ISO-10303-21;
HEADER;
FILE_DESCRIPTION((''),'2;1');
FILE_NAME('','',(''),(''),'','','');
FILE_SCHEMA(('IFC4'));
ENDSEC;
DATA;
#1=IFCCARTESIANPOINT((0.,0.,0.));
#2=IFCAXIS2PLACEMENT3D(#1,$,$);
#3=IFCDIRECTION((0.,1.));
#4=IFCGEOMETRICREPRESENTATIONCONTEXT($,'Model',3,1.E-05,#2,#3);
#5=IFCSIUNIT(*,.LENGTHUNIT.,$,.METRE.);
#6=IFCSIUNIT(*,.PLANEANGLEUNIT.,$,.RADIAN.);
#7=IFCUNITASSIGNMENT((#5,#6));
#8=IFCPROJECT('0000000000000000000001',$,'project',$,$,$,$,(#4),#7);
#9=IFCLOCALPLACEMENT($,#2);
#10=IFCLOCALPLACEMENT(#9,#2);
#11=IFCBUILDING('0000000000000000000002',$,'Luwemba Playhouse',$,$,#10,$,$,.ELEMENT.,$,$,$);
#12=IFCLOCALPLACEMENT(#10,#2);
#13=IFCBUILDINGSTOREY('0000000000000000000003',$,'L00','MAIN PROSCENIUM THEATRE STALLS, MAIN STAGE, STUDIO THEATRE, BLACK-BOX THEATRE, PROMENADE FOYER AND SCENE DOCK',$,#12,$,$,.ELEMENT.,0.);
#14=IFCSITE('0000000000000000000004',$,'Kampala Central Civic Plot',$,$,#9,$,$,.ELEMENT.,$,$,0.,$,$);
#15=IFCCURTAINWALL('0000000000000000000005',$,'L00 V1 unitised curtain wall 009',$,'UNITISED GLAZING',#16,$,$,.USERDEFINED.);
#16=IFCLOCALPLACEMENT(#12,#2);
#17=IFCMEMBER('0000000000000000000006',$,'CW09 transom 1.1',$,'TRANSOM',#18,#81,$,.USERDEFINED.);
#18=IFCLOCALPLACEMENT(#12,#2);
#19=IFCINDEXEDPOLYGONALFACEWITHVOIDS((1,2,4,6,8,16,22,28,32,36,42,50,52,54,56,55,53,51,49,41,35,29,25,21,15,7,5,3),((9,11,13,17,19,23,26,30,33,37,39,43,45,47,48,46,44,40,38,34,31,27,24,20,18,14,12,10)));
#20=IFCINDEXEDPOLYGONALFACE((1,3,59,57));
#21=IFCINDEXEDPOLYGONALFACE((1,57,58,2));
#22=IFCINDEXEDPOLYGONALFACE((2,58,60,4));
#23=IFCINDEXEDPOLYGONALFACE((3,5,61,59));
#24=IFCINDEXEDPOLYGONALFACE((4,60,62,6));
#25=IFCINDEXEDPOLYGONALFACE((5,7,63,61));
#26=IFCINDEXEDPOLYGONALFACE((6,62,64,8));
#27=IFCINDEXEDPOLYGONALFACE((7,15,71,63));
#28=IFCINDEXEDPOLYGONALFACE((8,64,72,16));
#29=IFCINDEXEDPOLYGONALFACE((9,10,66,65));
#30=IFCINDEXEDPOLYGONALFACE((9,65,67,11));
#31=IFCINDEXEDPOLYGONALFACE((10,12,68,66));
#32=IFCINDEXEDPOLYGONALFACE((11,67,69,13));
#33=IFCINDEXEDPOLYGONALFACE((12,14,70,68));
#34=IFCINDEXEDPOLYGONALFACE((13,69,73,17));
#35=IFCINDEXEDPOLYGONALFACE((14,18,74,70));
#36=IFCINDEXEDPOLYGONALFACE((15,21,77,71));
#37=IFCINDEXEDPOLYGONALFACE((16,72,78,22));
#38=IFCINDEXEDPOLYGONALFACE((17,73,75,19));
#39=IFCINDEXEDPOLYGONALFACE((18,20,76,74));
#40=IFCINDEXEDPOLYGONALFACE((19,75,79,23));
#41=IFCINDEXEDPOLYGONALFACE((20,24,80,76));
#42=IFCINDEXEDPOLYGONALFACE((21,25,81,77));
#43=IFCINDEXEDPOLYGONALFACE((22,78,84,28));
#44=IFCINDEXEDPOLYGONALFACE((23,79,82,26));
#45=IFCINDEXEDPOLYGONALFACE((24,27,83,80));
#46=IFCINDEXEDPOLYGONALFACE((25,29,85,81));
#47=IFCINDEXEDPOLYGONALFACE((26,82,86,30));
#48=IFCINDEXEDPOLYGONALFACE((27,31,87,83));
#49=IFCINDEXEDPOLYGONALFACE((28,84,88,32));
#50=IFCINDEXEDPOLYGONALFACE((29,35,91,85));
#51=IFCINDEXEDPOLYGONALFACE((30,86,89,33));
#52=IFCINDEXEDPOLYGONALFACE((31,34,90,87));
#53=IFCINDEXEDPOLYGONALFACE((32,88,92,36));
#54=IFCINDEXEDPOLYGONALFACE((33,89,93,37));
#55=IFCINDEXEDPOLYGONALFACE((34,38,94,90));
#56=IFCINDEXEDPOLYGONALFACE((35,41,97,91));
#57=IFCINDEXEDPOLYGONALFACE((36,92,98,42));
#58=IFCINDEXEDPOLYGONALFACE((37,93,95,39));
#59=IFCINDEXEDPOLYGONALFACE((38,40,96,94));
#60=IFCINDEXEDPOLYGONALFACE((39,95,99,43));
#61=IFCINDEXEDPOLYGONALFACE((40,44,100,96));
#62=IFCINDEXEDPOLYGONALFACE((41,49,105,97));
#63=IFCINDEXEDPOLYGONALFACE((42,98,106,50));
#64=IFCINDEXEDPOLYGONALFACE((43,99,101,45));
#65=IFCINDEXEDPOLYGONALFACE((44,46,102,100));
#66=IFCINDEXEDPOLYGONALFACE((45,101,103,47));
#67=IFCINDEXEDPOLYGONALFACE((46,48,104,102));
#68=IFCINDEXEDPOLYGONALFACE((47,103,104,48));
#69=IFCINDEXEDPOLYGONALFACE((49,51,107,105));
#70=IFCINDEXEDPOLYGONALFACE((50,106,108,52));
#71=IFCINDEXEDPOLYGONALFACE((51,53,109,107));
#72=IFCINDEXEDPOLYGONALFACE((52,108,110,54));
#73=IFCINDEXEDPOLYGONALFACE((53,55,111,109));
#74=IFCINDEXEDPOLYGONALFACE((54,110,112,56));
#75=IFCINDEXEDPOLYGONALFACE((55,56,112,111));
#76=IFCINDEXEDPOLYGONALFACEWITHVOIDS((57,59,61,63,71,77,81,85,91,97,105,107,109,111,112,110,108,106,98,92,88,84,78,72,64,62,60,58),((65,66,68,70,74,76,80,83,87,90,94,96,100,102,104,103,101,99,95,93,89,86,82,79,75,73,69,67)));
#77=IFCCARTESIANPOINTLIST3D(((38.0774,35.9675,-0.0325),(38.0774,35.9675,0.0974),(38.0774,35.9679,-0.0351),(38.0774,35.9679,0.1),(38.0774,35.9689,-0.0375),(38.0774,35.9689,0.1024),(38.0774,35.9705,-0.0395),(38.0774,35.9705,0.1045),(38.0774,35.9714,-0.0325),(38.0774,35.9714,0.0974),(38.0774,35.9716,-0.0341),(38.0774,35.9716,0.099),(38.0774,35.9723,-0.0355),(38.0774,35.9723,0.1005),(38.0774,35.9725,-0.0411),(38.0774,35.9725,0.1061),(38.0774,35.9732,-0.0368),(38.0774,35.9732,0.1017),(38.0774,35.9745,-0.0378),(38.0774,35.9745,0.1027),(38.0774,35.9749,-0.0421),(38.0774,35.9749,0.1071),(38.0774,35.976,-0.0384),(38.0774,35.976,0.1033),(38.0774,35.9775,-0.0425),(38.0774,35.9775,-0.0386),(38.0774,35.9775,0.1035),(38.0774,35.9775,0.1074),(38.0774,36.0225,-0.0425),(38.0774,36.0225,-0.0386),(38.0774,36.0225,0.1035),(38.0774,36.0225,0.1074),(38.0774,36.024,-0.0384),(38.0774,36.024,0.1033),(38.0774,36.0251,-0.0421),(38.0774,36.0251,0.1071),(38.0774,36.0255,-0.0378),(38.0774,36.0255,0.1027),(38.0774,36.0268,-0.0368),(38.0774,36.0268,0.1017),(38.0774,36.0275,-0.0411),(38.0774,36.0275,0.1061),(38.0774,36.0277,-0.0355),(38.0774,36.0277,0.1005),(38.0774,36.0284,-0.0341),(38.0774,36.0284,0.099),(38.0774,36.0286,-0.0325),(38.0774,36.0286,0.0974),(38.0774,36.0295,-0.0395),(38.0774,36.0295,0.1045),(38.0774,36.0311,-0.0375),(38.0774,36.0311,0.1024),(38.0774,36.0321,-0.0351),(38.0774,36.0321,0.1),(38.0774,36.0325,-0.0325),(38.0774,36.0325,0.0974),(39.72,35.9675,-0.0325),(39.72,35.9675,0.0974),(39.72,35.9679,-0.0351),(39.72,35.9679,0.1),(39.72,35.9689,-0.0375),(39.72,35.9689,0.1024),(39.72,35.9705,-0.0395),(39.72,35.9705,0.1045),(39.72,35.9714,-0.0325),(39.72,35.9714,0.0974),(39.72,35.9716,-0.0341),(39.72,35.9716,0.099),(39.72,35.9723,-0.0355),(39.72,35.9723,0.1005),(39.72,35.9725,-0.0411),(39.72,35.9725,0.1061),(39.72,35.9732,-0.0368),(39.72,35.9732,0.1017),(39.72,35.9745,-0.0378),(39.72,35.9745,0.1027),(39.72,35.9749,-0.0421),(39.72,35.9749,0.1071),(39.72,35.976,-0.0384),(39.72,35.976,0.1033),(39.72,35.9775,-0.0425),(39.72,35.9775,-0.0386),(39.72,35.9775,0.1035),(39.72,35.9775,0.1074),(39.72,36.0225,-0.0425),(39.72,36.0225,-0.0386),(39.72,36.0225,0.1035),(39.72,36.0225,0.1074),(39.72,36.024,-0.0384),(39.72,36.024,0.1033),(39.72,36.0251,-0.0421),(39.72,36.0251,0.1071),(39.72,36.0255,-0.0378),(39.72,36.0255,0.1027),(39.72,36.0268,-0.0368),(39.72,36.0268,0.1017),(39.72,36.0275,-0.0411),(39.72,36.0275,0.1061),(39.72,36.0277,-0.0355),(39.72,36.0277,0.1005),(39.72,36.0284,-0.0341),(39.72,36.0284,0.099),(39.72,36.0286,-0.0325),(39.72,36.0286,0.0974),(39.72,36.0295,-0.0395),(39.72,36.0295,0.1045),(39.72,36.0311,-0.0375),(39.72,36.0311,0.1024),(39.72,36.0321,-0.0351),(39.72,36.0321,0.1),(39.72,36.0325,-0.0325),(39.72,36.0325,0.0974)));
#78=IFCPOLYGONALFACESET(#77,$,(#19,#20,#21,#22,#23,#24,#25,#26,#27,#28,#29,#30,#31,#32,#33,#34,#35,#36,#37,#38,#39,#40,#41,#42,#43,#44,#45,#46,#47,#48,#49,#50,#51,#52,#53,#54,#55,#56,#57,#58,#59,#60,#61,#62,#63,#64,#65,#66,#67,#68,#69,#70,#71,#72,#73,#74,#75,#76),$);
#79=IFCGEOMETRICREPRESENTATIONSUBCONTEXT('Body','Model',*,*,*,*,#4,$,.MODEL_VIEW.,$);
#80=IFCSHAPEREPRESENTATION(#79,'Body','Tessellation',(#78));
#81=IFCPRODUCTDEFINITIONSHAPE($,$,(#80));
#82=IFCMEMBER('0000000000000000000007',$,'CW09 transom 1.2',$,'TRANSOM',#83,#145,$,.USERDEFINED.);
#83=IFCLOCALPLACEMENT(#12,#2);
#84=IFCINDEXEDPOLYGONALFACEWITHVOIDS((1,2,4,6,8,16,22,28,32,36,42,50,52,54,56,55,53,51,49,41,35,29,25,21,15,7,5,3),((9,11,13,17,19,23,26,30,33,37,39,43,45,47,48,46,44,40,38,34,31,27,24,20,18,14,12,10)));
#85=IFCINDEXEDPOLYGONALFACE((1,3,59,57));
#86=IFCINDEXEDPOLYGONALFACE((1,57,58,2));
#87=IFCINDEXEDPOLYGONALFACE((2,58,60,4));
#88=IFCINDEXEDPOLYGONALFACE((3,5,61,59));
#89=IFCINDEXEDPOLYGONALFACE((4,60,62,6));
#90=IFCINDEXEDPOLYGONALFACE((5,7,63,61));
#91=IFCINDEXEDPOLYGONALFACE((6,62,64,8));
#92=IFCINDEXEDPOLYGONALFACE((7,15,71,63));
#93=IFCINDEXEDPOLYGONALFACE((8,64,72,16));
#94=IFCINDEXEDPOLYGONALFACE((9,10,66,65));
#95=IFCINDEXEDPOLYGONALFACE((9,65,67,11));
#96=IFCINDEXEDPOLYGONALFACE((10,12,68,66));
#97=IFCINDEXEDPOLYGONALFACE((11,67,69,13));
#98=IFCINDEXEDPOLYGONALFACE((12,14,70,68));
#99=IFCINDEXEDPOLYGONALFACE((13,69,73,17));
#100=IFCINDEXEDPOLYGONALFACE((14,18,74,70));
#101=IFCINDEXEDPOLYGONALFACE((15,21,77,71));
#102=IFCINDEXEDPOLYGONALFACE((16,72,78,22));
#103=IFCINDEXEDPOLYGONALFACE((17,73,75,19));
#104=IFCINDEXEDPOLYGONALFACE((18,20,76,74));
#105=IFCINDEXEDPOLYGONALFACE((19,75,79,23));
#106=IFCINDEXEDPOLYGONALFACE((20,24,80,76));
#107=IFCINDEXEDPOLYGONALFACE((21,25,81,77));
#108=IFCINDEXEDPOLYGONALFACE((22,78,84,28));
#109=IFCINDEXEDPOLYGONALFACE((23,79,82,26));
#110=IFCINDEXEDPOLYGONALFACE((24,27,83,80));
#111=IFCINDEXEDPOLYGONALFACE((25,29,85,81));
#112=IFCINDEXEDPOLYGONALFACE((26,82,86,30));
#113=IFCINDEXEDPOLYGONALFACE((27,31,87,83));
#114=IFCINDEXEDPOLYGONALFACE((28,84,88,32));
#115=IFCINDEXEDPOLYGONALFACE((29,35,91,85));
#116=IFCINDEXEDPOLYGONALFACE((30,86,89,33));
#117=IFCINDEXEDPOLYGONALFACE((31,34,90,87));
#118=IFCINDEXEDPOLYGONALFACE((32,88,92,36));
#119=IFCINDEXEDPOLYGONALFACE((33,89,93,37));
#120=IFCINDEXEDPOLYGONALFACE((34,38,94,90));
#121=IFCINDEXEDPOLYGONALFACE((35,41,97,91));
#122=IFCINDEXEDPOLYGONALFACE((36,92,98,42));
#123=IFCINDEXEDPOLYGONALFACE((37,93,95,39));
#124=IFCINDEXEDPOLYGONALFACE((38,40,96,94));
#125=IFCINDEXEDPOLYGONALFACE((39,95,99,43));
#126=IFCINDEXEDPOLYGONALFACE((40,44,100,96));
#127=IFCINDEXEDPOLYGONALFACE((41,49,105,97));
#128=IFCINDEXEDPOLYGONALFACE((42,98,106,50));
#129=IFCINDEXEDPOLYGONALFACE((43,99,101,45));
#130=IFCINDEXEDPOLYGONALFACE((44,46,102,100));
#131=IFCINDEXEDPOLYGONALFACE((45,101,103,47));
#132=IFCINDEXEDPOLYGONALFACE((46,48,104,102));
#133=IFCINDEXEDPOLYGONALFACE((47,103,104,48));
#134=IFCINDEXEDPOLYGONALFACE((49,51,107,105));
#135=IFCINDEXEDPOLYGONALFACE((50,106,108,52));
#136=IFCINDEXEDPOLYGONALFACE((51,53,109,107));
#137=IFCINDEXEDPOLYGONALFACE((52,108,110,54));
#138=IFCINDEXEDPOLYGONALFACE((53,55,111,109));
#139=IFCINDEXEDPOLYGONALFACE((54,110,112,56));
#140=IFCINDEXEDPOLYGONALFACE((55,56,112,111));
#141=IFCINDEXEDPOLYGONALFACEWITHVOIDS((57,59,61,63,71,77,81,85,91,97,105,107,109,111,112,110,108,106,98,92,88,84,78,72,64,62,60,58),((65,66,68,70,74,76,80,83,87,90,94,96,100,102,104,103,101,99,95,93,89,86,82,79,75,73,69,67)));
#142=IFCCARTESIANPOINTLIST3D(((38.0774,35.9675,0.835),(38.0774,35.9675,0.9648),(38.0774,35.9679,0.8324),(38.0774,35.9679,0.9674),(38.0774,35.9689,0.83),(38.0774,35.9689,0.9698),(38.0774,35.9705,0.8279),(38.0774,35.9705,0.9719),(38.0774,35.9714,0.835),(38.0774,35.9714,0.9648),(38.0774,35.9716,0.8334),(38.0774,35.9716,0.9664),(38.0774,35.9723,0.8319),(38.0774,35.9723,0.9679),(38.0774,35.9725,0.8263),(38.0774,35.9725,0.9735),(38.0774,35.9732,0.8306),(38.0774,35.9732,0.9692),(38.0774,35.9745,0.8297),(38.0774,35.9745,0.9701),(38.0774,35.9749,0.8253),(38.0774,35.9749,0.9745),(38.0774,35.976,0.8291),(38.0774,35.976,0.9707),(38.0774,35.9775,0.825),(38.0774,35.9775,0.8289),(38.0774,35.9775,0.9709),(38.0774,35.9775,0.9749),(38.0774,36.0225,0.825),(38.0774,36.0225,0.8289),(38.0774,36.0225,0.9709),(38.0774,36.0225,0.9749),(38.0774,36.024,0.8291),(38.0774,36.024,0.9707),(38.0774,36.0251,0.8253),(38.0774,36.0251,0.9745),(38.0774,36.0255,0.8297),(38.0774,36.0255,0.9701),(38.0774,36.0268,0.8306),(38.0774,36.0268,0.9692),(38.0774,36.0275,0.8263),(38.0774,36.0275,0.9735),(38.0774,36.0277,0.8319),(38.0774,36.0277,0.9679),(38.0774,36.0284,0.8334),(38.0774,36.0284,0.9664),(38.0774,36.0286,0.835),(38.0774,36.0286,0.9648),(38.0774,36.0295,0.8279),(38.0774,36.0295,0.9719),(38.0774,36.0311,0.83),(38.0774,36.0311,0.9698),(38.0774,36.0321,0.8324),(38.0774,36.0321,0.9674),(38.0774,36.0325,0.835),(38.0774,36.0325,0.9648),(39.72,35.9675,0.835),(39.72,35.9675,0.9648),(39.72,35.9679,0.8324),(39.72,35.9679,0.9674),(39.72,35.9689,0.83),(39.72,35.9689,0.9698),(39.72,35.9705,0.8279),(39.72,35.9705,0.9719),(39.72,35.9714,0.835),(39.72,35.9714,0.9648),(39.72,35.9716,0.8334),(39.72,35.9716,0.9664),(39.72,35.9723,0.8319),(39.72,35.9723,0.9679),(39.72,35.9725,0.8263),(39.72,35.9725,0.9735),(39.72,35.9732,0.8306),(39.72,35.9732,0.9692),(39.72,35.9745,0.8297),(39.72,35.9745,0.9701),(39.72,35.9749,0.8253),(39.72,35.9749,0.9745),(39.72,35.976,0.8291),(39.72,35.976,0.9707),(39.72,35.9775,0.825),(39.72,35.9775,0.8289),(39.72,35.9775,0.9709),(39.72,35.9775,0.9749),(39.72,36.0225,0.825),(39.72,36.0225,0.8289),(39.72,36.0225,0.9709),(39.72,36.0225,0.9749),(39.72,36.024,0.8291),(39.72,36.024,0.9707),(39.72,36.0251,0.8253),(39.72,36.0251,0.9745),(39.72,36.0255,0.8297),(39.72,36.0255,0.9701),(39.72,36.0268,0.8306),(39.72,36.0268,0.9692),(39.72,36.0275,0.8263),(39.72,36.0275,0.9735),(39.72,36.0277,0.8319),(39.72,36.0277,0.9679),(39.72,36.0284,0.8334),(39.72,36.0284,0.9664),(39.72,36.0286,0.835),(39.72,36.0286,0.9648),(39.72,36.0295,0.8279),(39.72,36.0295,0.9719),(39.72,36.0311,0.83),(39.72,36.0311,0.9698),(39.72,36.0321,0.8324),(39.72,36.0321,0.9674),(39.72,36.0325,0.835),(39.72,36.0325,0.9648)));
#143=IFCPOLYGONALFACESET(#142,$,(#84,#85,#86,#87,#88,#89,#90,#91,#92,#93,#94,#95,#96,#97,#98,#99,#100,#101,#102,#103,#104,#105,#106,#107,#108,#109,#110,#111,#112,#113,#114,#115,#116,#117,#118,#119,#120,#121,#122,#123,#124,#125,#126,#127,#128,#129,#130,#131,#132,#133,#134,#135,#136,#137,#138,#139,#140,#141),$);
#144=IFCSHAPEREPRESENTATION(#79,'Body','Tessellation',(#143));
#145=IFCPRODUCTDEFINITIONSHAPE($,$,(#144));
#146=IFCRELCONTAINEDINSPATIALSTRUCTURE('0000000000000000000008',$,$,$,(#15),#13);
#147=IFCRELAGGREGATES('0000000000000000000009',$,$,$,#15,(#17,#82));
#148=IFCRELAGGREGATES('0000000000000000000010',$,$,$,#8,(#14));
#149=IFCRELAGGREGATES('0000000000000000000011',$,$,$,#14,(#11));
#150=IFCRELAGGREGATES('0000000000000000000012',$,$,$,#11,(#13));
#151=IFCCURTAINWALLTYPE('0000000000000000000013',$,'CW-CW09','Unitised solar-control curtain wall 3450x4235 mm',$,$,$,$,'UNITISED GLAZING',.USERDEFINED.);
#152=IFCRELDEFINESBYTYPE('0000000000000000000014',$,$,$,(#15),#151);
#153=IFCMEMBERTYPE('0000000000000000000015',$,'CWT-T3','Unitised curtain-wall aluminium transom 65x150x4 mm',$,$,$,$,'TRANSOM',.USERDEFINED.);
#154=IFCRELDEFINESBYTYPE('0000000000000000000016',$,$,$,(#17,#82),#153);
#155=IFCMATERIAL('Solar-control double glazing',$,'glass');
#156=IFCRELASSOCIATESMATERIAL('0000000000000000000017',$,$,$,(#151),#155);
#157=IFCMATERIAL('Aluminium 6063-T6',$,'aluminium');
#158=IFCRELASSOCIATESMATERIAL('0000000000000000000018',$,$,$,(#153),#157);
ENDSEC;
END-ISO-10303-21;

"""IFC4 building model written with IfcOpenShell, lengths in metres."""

from ifc_helpers import new_model, si_unit, direction, frame, origin, origin_2d, place, context, subcontext, project, spatial, hollow_rectangle, extrude, material, material_profile, profile_set, type_object, element, aggregate, save


model = new_model("IFC4")

# Units and contexts
model_context = context("Model", 3, precision=1e-05, world=origin(), true_north=direction((0.0, 1.0)))
body_context = subcontext(model_context, "Body", "Model", "MODEL_VIEW")
ifc_project = project(units=[si_unit("LENGTHUNIT", "METRE"), si_unit("PLANEANGLEUNIT", "RADIAN")], contexts=[model_context])

# Site, building, storey
site_placement = place(None, origin())
site = spatial("IfcSite", under=ifc_project, at=site_placement, Name="Kampala Central Civic Plot", CompositionType="ELEMENT", RefElevation=0.0)
building_placement = place(site_placement, origin())
building = spatial("IfcBuilding", under=site, at=building_placement, Name="Luwemba Playhouse", CompositionType="ELEMENT")
storey_placement = place(building_placement, origin())
storey = spatial("IfcBuildingStorey", under=building, at=storey_placement, Name="L00", Description="MAIN PROSCENIUM THEATRE STALLS, MAIN STAGE, STUDIO THEATRE, BLACK-BOX THEATRE, PROMENADE FOYER AND SCENE DOCK", CompositionType="ELEMENT", Elevation=0.0)

# Curtain wall, members
ifc_material_1 = material(Name="Solar-control double glazing", Category="glass")
curtain_wall_type = type_object("IfcCurtainWallType", Name="CW-CW09", Description="Unitised solar-control curtain wall 3450x4235 mm", ElementType="UNITISED GLAZING", PredefinedType="USERDEFINED", material=ifc_material_1)
curtain_wall_placement = place(storey_placement, origin())
curtain_wall = element("IfcCurtainWall", 1, at=curtain_wall_placement, inside=storey, type_object=curtain_wall_type, Name="L00 V1 unitised curtain wall 009", ObjectType="UNITISED GLAZING", PredefinedType="USERDEFINED")
ifc_material_2 = material(Name="Aluminium 6063-T6", Category="aluminium")
ifc_material_profile_1 = material_profile(ifc_material_2, hollow_rectangle(XDim=0.0649, YDim=0.1499, WallThickness=0.0039, InnerFilletRadius=0.0061, OuterFilletRadius=0.01, at=origin_2d()))
ifc_profile_set_1 = profile_set([ifc_material_profile_1], Name="Aluminium 6063-T6")
member_type_1 = type_object("IfcMemberType", Name="CWT-T3", Description="Unitised curtain-wall aluminium transom 65x150x4 mm", ElementType="TRANSOM", PredefinedType="USERDEFINED", material=ifc_profile_set_1)
member_1_placement = place(storey_placement, frame((39.72, 36.0, 0.0325), z_axis=(-1.0, 0.0, 0.0), x_axis=(0.0, -1.0, 0.0)))
member_1 = element("IfcMember", 2, at=member_1_placement, type_object=member_type_1, Name="CW09 transom 1.1", ObjectType="TRANSOM", PredefinedType="USERDEFINED", context=body_context, shape_type="SweptSolid", body=[
    extrude(hollow_rectangle(XDim=0.0649, YDim=0.1499, WallThickness=0.0039, InnerFilletRadius=0.0061, OuterFilletRadius=0.01, at=origin_2d()), origin(), (0.0, 0.0, 1.0), 1.6426),
])
member_2_placement = place(storey_placement, frame((39.72, 36.0, 0.8999), z_axis=(-1.0, 0.0, 0.0), x_axis=(0.0, -1.0, 0.0)))
member_2 = element("IfcMember", 3, at=member_2_placement, type_object=member_type_1, Name="CW09 transom 1.2", ObjectType="TRANSOM", PredefinedType="USERDEFINED", context=body_context, shape_type="SweptSolid", body=[
    extrude(hollow_rectangle(XDim=0.0649, YDim=0.1499, WallThickness=0.0039, InnerFilletRadius=0.0061, OuterFilletRadius=0.01, at=origin_2d()), origin(), (0.0, 0.0, 1.0), 1.6426),
])
aggregate(curtain_wall, [member_1, member_2])

save(model, "model.ifc")
